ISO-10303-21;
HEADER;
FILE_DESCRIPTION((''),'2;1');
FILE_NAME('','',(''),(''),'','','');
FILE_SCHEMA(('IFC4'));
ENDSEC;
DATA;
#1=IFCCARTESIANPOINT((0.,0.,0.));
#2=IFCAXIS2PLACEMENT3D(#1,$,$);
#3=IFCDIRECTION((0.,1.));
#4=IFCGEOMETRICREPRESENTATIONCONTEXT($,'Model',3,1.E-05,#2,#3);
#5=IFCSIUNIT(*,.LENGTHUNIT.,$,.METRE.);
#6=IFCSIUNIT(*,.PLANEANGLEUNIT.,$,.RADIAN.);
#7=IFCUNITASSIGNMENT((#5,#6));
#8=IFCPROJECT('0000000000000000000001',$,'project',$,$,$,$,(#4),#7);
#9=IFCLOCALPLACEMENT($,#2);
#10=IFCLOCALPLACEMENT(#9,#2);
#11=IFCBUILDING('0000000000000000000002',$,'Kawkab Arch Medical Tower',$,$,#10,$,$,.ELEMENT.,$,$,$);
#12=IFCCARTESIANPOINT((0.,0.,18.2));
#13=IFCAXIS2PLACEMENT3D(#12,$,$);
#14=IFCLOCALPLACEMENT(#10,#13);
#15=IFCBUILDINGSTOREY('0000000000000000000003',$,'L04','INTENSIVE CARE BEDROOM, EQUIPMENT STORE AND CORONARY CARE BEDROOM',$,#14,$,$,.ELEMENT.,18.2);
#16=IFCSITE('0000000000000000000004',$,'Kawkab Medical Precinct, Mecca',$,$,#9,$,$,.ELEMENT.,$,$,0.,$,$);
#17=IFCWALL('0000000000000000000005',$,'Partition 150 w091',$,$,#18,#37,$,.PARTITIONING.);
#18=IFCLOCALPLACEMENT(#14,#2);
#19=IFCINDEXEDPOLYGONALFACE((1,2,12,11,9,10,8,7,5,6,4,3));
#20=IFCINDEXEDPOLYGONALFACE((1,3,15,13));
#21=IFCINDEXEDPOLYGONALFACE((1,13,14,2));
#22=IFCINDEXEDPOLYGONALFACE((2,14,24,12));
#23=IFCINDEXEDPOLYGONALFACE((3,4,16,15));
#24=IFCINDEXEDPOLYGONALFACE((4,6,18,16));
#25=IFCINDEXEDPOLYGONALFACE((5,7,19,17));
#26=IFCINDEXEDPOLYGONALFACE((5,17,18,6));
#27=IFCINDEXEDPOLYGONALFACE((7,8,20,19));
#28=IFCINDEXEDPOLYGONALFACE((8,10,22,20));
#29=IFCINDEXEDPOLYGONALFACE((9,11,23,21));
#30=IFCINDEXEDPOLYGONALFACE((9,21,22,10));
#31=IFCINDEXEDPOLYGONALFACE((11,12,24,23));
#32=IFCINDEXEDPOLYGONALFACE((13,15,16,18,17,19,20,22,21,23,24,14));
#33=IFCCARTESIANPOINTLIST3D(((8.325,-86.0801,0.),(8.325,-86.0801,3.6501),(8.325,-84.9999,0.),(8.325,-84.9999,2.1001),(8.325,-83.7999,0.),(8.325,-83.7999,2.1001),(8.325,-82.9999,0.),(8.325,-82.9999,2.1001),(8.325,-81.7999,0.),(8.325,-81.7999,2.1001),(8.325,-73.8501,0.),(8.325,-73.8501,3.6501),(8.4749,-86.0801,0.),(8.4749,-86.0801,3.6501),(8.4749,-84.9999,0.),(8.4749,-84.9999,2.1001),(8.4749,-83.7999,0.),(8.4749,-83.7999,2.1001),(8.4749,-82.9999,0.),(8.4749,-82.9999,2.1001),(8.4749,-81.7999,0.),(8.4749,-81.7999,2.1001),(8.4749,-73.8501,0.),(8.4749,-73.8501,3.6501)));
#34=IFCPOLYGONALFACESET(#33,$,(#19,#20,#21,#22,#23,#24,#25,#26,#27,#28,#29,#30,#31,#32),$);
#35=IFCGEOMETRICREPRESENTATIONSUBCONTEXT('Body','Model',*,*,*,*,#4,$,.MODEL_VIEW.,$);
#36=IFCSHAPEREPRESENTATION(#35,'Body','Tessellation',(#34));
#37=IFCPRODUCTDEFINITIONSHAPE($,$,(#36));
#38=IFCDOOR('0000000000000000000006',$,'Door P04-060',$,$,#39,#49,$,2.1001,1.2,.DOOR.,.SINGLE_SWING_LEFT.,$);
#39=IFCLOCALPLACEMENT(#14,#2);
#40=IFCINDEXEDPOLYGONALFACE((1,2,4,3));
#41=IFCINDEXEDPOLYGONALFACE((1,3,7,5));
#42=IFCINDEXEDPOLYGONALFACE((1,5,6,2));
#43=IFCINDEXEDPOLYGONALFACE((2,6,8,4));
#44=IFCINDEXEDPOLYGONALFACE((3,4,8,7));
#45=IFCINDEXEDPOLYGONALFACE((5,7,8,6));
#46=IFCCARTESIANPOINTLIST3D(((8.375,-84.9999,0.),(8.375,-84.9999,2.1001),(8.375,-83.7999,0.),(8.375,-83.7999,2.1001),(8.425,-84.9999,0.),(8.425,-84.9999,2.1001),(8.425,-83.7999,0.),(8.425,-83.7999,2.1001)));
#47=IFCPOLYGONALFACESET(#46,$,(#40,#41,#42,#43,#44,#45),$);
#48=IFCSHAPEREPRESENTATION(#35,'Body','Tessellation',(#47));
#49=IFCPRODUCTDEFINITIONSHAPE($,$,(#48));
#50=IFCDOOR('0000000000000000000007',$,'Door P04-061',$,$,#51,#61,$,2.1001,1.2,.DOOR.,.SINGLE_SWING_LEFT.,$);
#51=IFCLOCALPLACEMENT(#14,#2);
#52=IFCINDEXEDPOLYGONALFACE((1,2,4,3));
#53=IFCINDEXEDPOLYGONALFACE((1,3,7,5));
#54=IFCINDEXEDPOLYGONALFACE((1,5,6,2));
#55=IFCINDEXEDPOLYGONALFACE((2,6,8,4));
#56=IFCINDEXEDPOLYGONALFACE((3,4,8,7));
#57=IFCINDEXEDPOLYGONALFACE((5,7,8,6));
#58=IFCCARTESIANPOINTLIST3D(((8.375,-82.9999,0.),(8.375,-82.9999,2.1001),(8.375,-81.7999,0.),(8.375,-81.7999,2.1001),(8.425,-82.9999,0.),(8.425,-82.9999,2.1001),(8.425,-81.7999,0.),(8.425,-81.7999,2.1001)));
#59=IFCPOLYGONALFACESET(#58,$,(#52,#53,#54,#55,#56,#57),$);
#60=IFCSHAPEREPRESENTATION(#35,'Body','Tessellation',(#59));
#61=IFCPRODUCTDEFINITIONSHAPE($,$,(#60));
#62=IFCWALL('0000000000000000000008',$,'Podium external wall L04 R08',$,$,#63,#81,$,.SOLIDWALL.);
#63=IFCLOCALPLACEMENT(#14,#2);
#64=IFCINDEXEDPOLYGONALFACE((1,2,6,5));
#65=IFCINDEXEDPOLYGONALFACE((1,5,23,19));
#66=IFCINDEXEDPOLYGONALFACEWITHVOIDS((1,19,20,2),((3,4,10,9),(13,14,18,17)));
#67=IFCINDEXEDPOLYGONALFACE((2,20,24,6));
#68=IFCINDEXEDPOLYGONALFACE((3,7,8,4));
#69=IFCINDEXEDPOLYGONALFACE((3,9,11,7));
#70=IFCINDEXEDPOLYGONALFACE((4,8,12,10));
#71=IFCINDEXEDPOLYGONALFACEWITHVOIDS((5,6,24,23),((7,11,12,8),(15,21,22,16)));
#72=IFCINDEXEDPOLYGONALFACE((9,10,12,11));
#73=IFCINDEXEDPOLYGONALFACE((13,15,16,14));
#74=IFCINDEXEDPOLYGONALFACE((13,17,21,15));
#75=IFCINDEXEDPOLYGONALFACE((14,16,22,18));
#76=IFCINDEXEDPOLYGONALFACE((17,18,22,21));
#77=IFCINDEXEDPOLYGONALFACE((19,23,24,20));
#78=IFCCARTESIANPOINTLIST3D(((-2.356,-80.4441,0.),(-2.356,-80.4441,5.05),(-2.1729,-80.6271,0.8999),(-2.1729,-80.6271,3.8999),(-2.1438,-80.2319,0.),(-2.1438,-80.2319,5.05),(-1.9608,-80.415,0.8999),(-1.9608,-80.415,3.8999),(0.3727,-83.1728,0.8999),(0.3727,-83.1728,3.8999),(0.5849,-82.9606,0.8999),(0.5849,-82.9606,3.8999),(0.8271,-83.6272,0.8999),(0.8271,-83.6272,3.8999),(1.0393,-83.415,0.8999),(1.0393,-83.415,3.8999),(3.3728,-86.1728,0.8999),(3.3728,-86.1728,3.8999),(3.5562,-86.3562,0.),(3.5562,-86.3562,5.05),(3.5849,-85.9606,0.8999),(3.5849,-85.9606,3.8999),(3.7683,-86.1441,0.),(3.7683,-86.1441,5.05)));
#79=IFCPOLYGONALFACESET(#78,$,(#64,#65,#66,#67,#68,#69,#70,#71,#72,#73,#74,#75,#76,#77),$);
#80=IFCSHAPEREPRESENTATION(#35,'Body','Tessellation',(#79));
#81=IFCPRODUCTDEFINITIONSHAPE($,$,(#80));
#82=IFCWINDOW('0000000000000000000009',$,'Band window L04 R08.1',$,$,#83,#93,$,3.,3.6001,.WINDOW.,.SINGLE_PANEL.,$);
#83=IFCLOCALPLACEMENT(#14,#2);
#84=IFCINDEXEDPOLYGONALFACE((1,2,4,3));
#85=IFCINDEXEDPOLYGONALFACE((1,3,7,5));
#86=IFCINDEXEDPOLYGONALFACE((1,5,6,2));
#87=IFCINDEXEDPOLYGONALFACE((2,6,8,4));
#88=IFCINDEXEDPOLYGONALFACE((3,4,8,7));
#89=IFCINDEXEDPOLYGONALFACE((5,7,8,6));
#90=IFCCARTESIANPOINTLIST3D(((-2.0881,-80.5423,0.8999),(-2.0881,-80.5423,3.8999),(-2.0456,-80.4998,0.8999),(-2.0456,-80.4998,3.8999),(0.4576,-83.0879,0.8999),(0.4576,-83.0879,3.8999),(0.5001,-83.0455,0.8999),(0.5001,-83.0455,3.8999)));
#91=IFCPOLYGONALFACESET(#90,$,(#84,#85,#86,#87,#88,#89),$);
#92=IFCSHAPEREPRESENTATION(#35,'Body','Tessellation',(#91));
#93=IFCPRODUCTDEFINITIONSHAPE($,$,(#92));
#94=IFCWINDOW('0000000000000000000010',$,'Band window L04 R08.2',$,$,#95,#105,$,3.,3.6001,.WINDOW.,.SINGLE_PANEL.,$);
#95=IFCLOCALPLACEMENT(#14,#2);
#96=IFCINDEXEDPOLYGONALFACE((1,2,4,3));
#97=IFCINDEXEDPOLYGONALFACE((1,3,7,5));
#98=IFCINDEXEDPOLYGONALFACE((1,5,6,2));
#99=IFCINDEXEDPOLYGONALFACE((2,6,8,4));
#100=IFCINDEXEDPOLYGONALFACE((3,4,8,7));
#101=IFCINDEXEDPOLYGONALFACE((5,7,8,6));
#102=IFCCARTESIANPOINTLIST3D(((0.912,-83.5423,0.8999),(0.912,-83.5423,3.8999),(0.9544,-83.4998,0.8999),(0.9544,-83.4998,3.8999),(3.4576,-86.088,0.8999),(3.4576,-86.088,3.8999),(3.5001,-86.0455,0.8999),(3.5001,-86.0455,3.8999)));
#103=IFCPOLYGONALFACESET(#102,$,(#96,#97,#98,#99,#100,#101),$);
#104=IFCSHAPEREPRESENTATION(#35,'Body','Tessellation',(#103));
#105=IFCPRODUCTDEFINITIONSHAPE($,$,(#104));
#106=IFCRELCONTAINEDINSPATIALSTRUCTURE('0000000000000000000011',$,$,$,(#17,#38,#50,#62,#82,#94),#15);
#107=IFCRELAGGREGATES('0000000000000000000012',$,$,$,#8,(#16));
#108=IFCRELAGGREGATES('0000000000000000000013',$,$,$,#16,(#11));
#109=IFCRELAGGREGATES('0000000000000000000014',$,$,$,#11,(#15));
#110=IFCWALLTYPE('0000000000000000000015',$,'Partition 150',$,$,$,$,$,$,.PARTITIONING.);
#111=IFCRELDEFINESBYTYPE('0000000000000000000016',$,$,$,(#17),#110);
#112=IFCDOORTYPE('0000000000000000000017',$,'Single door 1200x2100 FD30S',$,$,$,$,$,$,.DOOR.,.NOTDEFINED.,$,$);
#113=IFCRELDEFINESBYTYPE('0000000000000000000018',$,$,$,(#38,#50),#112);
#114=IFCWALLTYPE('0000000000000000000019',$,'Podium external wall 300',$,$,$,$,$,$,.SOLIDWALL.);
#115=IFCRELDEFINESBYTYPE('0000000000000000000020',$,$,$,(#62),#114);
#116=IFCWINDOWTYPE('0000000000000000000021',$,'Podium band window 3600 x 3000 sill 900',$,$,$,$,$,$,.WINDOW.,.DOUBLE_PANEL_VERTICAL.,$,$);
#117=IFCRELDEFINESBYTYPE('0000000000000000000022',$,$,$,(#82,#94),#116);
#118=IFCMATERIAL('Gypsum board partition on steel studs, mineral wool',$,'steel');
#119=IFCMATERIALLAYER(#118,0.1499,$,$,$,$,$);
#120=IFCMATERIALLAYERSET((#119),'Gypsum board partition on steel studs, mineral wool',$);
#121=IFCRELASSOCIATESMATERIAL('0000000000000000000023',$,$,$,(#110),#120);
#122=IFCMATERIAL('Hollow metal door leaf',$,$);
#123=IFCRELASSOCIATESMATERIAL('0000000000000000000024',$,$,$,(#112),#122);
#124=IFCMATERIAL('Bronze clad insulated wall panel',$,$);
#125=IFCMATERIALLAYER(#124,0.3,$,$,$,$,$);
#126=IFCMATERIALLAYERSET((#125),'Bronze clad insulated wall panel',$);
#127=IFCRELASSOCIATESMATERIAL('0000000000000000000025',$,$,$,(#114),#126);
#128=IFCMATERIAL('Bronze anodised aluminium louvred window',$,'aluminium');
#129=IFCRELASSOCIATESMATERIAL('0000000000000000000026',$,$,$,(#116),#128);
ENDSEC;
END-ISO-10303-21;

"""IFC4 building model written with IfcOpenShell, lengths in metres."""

from ifc_helpers import new_model, si_unit, direction, frame, frame_2d, origin, place, context, subcontext, project, spatial, rectangle, extrude, material, layer, layer_set, type_object, element, fill, save


model = new_model("IFC4")

# Units and contexts
model_context = context("Model", 3, precision=1e-05, world=origin(), true_north=direction((0.0, 1.0)))
body_context = subcontext(model_context, "Body", "Model", "MODEL_VIEW")
ifc_project = project(units=[si_unit("LENGTHUNIT", "METRE"), si_unit("PLANEANGLEUNIT", "RADIAN")], contexts=[model_context])

# Site, building, storey
site_placement = place(None, origin())
site = spatial("IfcSite", under=ifc_project, at=site_placement, Name="Kawkab Medical Precinct, Mecca", CompositionType="ELEMENT", RefElevation=0.0)
building_placement = place(site_placement, origin())
building = spatial("IfcBuilding", under=site, at=building_placement, Name="Kawkab Arch Medical Tower", CompositionType="ELEMENT")
storey_placement = place(building_placement, frame((0.0, 0.0, 18.2)))
storey = spatial("IfcBuildingStorey", under=building, at=storey_placement, Name="L04", Description="INTENSIVE CARE BEDROOM, EQUIPMENT STORE AND CORONARY CARE BEDROOM", CompositionType="ELEMENT", Elevation=18.2)

# Wall, openings, doors
ifc_material_1 = material(Name="Gypsum board partition on steel studs, mineral wool", Category="steel")
ifc_layer_1 = layer(ifc_material_1, 0.1499)
ifc_layer_set_1 = layer_set([ifc_layer_1], Name="Gypsum board partition on steel studs, mineral wool")
wall_type_1 = type_object("IfcWallType", Name="Partition 150", PredefinedType="PARTITIONING", material=ifc_layer_set_1)
wall_1_placement = place(storey_placement, frame((8.3999, -86.0801, 0.0), z_axis=(0.0, 0.0, 1.0), x_axis=(0.0, 1.0, 0.0)))
wall_1 = element("IfcWall", 1, at=wall_1_placement, inside=storey, type_object=wall_type_1, Name="Partition 150 w091", PredefinedType="PARTITIONING", context=body_context, shape_type="SweptSolid", body=[
    extrude(rectangle(XDim=12.23, YDim=0.1499, at=frame_2d((6.115, 0.0))), origin(), (0.0, 0.0, 1.0), 3.6501),
])
opening_1_placement = place(wall_1_placement, frame((1.0801, 0.0, 0.0)))
opening_1 = element("IfcOpeningElement", 2, at=opening_1_placement, cuts=wall_1, PredefinedType="OPENING", context=body_context, shape_type="SweptSolid", body=[
    extrude(rectangle(XDim=1.2, YDim=2.1001, at=frame_2d((0.6001, 1.05))), frame((0.0, 0.085, 0.0), z_axis=(0.0, -1.0, 0.0), x_axis=(1.0, 0.0, 0.0)), (0.0, 0.0, 1.0), 0.1699),
])
opening_2_placement = place(wall_1_placement, frame((3.0801, 0.0, 0.0)))
opening_2 = element("IfcOpeningElement", 3, at=opening_2_placement, cuts=wall_1, PredefinedType="OPENING", context=body_context, shape_type="SweptSolid", body=[
    extrude(rectangle(XDim=1.2, YDim=2.1001, at=frame_2d((0.6001, 1.05))), frame((0.0, 0.085, 0.0), z_axis=(0.0, -1.0, 0.0), x_axis=(1.0, 0.0, 0.0)), (0.0, 0.0, 1.0), 0.1699),
])
ifc_material_2 = material(Name="Hollow metal door leaf")
door_type_1 = type_object("IfcDoorType", Name="Single door 1200x2100 FD30S", OperationType="NOTDEFINED", PredefinedType="DOOR", material=ifc_material_2)
door_1_placement = place(opening_1_placement, origin())
door_1 = element("IfcDoor", 4, at=door_1_placement, inside=storey, type_object=door_type_1, Name="Door P04-060", OperationType="SINGLE_SWING_LEFT", OverallHeight=2.1001, OverallWidth=1.2, PredefinedType="DOOR", context=body_context, shape_type="SweptSolid", body=[
    extrude(rectangle(XDim=1.2, YDim=2.1001, at=frame_2d((0.6001, 1.05))), frame((0.0, 0.0249, 0.0), z_axis=(0.0, -1.0, 0.0), x_axis=(1.0, 0.0, 0.0)), (0.0, 0.0, 1.0), 0.05),
])
fill(opening_1, door_1)
door_2_placement = place(opening_2_placement, origin())
door_2 = element("IfcDoor", 5, at=door_2_placement, inside=storey, type_object=door_type_1, Name="Door P04-061", OperationType="SINGLE_SWING_LEFT", OverallHeight=2.1001, OverallWidth=1.2, PredefinedType="DOOR", context=body_context, shape_type="SweptSolid", body=[
    extrude(rectangle(XDim=1.2, YDim=2.1001, at=frame_2d((0.6001, 1.05))), frame((0.0, 0.0249, 0.0), z_axis=(0.0, -1.0, 0.0), x_axis=(1.0, 0.0, 0.0)), (0.0, 0.0, 1.0), 0.05),
])
fill(opening_2, door_2)

# Wall, openings, windows
ifc_material_3 = material(Name="Bronze clad insulated wall panel")
ifc_layer_2 = layer(ifc_material_3, 0.3)
ifc_layer_set_2 = layer_set([ifc_layer_2], Name="Bronze clad insulated wall panel")
wall_type_2 = type_object("IfcWallType", Name="Podium external wall 300", PredefinedType="SOLIDWALL", material=ifc_layer_set_2)
wall_2_placement = place(storey_placement, frame((-2.25, -80.3379, 0.0), z_axis=(0.0, 0.0, 1.0), x_axis=(0.707107, -0.707107, 0.0)))
wall_2 = element("IfcWall", 6, at=wall_2_placement, inside=storey, type_object=wall_type_2, Name="Podium external wall L04 R08", PredefinedType="SOLIDWALL", context=body_context, shape_type="SweptSolid", body=[
    extrude(rectangle(XDim=8.3611, YDim=0.3, at=frame_2d((4.1807, 0.0))), origin(), (0.0, 0.0, 1.0), 5.05),
])
opening_3_placement = place(wall_2_placement, frame((0.259, 0.0, 0.8999)))
opening_3 = element("IfcOpeningElement", 7, at=opening_3_placement, cuts=wall_2, PredefinedType="OPENING", context=body_context, shape_type="SweptSolid", body=[
    extrude(rectangle(XDim=3.6001, YDim=3.0, at=frame_2d((1.8, 1.5))), frame((0.0, 0.1599, 0.0), z_axis=(0.0, -1.0, 0.0), x_axis=(1.0, 0.0, 0.0)), (0.0, 0.0, 1.0), 0.3201),
])
opening_4_placement = place(wall_2_placement, frame((4.5017, 0.0, 0.8999)))
opening_4 = element("IfcOpeningElement", 8, at=opening_4_placement, cuts=wall_2, PredefinedType="OPENING", context=body_context, shape_type="SweptSolid", body=[
    extrude(rectangle(XDim=3.6001, YDim=3.0, at=frame_2d((1.8, 1.5))), frame((0.0, 0.1599, 0.0), z_axis=(0.0, -1.0, 0.0), x_axis=(1.0, 0.0, 0.0)), (0.0, 0.0, 1.0), 0.3201),
])
ifc_material_4 = material(Name="Bronze anodised aluminium louvred window", Category="aluminium")
window_type_1 = type_object("IfcWindowType", Name="Podium band window 3600 x 3000 sill 900", PartitioningType="DOUBLE_PANEL_VERTICAL", PredefinedType="WINDOW", material=ifc_material_4)
window_1_placement = place(opening_3_placement, origin())
window_1 = element("IfcWindow", 9, at=window_1_placement, inside=storey, type_object=window_type_1, Name="Band window L04 R08.1", OverallHeight=3.0, OverallWidth=3.6001, PartitioningType="SINGLE_PANEL", PredefinedType="WINDOW", context=body_context, shape_type="SweptSolid", body=[
    extrude(rectangle(XDim=3.6001, YDim=3.0, at=frame_2d((1.8, 1.5))), frame((0.0, 0.03, 0.0), z_axis=(0.0, -1.0, 0.0), x_axis=(1.0, 0.0, 0.0)), (0.0, 0.0, 1.0), 0.0601),
])
fill(opening_3, window_1)
window_2_placement = place(opening_4_placement, origin())
window_2 = element("IfcWindow", 10, at=window_2_placement, inside=storey, type_object=window_type_1, Name="Band window L04 R08.2", OverallHeight=3.0, OverallWidth=3.6001, PartitioningType="SINGLE_PANEL", PredefinedType="WINDOW", context=body_context, shape_type="SweptSolid", body=[
    extrude(rectangle(XDim=3.6001, YDim=3.0, at=frame_2d((1.8, 1.5))), frame((0.0, 0.03, 0.0), z_axis=(0.0, -1.0, 0.0), x_axis=(1.0, 0.0, 0.0)), (0.0, 0.0, 1.0), 0.0601),
])
fill(opening_4, window_2)

save(model, "model.ifc")
